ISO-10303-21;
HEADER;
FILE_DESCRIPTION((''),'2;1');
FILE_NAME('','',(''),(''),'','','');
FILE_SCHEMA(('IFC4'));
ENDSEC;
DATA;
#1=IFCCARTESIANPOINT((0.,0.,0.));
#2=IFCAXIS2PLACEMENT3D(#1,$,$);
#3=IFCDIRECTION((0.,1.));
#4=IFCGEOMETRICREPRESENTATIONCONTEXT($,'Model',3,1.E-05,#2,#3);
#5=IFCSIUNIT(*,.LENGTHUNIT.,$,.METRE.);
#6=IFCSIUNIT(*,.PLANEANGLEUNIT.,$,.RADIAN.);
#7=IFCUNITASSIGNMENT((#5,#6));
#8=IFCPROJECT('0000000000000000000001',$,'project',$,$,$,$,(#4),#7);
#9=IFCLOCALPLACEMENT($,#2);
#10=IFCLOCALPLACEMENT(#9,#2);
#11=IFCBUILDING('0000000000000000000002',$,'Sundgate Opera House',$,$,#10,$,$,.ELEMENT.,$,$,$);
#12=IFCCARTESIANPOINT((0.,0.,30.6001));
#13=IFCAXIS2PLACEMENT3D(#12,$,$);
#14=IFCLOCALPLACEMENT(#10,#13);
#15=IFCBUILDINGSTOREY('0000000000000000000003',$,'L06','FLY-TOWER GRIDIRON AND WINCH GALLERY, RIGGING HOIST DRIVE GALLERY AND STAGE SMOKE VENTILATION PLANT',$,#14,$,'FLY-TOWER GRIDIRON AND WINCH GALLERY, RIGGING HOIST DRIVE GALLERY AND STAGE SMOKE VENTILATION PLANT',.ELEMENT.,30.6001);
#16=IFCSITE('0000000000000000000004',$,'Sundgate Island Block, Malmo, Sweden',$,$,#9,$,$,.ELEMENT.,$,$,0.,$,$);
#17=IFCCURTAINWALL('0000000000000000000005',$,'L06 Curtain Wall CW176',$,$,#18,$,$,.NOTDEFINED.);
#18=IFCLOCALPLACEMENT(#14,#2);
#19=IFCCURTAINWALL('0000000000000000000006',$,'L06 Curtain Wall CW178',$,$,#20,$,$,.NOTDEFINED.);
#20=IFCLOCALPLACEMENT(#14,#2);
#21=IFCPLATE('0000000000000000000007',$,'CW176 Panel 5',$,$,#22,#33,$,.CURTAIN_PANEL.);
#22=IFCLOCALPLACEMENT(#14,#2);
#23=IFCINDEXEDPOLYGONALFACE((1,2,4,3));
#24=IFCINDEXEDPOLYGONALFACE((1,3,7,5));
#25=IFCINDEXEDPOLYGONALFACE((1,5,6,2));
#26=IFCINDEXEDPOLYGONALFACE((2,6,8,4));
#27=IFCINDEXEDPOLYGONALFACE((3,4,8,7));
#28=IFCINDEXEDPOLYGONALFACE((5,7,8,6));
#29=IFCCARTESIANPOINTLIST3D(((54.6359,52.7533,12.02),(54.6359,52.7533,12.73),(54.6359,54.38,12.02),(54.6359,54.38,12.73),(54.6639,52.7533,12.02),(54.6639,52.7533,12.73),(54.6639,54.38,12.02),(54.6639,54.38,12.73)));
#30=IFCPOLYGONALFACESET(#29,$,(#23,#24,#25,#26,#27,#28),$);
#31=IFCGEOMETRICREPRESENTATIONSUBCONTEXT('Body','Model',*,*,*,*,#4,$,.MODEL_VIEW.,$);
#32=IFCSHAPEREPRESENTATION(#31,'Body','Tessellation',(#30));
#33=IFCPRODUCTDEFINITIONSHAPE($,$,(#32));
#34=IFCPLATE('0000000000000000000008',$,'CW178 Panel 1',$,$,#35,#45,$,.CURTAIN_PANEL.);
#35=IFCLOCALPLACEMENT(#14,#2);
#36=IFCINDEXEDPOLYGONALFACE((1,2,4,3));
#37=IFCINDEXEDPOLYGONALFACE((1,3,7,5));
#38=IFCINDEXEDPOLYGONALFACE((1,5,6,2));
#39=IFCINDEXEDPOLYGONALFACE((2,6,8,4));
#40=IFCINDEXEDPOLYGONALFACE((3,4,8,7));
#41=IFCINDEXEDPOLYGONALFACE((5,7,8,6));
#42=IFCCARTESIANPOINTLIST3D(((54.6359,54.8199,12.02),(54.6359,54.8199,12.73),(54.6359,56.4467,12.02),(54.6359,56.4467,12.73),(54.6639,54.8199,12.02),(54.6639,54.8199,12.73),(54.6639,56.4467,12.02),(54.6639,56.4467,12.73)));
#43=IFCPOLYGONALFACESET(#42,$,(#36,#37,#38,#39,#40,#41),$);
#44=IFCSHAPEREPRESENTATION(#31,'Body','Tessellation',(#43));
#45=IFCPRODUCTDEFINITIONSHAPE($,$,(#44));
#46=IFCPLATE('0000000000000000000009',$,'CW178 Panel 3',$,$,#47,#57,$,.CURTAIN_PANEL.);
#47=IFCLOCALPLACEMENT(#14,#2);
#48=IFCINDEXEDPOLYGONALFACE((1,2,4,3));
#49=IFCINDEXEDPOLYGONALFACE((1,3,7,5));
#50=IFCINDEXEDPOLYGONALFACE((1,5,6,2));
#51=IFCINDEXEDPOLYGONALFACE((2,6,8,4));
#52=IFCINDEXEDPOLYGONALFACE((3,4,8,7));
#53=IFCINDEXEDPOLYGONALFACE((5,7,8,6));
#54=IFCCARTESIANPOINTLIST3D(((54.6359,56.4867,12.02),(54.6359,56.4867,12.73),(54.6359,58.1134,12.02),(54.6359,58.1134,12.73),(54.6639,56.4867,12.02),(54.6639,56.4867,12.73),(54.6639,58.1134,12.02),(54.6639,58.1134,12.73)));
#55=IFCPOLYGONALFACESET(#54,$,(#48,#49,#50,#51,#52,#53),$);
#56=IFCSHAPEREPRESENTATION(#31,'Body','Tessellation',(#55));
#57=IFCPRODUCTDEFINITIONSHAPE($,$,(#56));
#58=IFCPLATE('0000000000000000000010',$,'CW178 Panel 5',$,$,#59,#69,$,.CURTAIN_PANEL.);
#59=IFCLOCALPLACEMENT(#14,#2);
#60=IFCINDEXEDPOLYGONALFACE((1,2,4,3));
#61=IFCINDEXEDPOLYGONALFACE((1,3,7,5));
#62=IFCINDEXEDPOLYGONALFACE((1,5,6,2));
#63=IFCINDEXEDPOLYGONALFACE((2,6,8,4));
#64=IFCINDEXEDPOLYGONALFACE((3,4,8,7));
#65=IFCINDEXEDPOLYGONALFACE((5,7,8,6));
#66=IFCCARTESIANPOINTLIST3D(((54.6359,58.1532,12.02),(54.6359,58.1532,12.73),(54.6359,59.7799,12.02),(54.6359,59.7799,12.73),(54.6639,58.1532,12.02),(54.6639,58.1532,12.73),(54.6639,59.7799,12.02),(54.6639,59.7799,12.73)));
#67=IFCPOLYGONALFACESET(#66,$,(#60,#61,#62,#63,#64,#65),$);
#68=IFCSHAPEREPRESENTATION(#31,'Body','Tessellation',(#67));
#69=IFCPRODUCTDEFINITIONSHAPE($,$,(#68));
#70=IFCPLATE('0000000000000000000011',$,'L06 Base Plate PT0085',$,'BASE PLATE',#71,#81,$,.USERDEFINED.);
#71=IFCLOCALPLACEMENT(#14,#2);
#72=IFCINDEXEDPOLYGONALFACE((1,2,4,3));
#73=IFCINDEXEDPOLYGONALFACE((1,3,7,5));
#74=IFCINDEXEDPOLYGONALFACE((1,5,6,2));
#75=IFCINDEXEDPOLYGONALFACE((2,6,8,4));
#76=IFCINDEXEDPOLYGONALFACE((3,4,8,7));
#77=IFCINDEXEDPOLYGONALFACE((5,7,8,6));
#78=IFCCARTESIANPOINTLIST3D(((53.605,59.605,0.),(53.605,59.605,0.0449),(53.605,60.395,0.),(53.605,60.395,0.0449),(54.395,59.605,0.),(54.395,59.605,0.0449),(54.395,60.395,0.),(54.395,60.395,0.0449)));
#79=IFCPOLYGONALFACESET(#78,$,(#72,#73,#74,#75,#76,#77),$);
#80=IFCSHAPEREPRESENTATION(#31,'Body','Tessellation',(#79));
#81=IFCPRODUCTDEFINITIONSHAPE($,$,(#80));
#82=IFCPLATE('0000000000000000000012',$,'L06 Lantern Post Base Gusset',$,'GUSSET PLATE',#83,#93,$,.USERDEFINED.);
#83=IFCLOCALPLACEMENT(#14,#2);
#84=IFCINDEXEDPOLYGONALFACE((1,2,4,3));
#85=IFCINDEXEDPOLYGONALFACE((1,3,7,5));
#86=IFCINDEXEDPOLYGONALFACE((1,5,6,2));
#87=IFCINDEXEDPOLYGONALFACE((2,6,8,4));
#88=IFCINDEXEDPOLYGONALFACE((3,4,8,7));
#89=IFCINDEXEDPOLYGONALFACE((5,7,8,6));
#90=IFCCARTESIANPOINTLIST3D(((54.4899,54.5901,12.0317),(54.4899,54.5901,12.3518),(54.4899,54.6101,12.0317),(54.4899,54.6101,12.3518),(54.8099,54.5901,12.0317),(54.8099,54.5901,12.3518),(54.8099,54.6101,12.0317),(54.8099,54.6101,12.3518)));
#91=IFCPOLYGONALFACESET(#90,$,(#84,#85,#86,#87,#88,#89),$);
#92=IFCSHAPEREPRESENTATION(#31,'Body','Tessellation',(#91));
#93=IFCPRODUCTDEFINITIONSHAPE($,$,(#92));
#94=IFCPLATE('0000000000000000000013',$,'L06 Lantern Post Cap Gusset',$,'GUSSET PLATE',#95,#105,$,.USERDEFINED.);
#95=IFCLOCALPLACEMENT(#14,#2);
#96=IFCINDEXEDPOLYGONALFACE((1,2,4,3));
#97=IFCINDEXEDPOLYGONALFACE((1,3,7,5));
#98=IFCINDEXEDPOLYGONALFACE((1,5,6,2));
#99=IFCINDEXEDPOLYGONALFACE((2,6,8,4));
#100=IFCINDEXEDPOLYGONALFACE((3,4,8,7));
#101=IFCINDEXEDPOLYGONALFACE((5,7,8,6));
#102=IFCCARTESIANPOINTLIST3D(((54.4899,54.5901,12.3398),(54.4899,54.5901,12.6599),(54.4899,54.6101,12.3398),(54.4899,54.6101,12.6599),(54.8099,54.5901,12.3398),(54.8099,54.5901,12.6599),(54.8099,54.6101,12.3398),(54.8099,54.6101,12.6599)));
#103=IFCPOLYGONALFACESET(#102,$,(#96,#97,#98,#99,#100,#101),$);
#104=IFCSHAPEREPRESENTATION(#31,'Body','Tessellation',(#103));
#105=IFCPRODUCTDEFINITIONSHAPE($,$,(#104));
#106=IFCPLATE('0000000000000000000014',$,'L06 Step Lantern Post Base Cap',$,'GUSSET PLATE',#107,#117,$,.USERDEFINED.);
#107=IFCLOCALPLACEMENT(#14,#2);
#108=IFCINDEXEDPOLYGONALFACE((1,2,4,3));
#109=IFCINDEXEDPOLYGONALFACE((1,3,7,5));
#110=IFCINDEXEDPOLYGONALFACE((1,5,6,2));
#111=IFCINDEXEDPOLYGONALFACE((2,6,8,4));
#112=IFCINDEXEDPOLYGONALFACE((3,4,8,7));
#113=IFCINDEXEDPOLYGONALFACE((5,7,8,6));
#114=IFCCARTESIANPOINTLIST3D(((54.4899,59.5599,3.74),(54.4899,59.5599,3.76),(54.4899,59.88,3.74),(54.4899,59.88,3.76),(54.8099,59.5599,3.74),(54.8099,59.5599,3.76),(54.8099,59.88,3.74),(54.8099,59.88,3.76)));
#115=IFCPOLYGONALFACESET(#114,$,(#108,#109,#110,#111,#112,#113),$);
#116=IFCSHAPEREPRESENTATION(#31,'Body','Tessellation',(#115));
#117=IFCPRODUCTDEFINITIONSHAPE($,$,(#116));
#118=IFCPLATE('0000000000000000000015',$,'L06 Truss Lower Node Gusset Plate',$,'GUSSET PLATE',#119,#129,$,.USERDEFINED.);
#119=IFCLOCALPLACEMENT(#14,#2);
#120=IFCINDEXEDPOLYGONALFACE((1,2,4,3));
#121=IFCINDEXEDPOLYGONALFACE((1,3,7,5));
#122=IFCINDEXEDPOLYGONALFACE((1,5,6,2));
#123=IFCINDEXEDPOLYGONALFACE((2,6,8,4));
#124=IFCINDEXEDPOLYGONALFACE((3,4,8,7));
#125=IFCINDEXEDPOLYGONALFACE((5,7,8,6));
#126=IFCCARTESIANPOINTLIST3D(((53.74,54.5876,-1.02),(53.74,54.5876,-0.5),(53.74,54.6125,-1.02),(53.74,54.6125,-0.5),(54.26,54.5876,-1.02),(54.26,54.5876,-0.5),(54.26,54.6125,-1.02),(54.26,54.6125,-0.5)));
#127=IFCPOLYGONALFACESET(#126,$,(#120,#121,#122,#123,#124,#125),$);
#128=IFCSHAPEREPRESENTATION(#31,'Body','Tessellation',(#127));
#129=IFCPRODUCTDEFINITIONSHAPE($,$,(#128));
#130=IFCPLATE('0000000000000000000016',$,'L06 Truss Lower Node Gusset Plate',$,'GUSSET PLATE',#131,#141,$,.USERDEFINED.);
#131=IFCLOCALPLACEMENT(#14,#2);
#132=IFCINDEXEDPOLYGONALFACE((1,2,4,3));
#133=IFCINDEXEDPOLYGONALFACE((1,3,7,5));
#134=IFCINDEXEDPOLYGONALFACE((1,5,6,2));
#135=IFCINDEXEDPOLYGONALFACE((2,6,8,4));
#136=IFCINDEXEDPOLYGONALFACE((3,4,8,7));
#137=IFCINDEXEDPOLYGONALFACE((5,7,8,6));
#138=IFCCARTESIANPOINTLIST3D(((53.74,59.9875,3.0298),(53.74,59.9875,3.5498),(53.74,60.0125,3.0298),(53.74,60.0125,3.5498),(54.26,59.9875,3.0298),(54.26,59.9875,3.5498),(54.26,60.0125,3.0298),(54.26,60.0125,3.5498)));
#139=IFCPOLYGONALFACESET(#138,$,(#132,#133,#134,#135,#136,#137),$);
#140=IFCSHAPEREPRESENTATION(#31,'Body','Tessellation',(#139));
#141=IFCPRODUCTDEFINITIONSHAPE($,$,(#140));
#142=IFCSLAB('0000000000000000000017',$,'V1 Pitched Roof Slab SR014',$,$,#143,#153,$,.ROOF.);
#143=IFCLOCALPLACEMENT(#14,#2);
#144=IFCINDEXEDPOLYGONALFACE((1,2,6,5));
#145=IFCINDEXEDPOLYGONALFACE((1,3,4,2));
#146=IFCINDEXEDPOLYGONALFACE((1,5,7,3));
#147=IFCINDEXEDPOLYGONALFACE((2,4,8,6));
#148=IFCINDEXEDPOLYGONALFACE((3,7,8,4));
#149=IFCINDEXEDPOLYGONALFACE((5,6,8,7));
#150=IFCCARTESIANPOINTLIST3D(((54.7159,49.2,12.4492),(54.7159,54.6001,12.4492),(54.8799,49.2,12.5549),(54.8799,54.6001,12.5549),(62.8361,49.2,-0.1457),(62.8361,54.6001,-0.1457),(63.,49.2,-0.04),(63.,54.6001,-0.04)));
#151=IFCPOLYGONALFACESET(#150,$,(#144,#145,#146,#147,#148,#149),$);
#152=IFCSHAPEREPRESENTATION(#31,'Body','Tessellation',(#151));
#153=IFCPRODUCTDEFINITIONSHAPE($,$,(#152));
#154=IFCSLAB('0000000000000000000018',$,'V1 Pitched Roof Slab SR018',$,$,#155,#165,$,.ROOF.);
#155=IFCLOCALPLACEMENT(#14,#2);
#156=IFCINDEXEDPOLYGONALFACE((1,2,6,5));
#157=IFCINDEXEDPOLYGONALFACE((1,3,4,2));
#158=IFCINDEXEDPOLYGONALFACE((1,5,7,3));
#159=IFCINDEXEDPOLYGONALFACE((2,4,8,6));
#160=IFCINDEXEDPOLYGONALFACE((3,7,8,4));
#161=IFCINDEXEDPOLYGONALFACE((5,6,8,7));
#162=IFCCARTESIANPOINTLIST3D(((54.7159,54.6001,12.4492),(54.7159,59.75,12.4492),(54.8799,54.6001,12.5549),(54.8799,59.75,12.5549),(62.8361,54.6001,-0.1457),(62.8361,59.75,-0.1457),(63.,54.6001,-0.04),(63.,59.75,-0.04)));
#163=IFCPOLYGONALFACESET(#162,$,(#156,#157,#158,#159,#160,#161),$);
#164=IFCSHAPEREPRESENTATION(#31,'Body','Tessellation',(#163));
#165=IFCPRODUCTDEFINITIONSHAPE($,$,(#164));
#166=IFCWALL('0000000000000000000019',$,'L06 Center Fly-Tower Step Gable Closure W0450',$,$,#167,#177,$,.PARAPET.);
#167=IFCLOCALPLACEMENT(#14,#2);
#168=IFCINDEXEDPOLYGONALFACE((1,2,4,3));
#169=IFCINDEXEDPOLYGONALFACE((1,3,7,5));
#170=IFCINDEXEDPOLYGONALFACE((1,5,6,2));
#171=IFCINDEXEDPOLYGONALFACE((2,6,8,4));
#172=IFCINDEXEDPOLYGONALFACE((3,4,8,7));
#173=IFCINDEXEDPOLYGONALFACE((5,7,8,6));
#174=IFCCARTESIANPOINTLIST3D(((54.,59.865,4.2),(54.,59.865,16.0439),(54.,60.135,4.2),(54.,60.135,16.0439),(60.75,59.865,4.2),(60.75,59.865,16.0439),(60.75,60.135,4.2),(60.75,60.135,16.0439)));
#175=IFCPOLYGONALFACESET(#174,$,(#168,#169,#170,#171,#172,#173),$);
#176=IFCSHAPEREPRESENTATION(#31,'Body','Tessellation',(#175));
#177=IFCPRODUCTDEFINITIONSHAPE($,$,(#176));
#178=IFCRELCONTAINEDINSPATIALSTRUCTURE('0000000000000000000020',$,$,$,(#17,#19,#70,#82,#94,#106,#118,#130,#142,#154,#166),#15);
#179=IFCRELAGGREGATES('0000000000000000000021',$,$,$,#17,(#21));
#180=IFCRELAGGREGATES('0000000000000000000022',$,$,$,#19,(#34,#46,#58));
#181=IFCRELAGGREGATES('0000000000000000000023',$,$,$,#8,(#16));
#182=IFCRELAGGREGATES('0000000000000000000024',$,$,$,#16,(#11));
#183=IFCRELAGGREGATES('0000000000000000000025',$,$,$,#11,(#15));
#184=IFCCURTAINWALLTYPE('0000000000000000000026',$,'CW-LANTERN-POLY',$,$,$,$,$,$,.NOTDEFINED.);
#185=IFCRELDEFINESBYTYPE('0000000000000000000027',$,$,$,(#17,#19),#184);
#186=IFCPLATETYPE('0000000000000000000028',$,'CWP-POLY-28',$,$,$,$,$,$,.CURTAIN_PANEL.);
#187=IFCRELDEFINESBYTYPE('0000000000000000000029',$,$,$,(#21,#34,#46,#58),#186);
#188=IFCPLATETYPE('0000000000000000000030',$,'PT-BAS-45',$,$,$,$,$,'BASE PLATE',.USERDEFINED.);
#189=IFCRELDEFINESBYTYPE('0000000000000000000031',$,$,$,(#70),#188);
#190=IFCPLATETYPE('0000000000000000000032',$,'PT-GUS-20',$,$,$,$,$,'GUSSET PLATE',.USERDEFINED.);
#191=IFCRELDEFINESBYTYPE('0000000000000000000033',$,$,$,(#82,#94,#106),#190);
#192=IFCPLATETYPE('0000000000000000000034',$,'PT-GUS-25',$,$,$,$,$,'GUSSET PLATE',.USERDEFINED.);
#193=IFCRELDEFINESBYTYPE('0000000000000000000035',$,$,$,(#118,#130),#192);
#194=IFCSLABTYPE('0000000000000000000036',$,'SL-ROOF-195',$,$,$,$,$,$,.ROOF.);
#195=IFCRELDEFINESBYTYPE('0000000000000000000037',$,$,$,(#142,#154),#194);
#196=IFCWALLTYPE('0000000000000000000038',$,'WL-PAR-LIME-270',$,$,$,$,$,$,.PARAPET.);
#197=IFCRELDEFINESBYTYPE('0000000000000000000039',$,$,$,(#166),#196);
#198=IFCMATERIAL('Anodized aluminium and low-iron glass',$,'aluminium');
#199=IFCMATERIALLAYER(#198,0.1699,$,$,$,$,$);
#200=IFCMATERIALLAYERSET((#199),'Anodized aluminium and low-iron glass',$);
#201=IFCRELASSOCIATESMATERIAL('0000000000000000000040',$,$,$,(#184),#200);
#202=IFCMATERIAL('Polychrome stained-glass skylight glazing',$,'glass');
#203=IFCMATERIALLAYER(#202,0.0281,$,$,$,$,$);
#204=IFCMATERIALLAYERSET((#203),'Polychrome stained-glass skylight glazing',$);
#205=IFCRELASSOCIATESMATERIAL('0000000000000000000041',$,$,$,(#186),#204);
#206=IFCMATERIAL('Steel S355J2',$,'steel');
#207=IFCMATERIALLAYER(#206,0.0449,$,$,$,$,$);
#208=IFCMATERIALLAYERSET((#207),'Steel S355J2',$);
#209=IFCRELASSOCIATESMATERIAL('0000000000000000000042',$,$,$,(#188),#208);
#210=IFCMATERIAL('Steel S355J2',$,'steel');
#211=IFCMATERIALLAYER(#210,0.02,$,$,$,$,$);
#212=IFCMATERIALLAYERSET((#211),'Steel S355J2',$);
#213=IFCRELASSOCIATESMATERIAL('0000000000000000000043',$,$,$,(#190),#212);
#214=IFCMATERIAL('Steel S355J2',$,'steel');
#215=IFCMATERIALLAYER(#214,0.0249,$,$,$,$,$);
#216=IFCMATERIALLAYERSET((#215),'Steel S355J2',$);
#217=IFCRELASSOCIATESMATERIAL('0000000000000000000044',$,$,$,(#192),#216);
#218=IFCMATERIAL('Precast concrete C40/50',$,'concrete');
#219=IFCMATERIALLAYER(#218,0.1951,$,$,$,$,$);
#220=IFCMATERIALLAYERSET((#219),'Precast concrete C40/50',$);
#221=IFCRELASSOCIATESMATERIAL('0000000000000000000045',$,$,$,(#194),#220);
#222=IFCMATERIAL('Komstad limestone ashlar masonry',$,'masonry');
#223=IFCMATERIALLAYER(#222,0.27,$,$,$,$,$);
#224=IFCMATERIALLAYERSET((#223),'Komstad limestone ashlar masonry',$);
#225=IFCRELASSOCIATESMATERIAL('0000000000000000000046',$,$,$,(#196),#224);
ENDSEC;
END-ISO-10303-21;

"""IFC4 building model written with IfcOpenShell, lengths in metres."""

from ifc_helpers import new_model, si_unit, direction, frame, frame_2d, origin, origin_2d, place, context, subcontext, project, spatial, polyline, rectangle, outline, extrude, material, layer, layer_set, type_object, element, aggregate, save


model = new_model("IFC4")

# Units and contexts
model_context = context("Model", 3, precision=1e-05, world=origin(), true_north=direction((0.0, 1.0)))
body_context = subcontext(model_context, "Body", "Model", "MODEL_VIEW")
ifc_project = project(units=[si_unit("LENGTHUNIT", "METRE"), si_unit("PLANEANGLEUNIT", "RADIAN")], contexts=[model_context])

# Site, building, storey
site_placement = place(None, origin())
site = spatial("IfcSite", under=ifc_project, at=site_placement, Name="Sundgate Island Block, Malmo, Sweden", CompositionType="ELEMENT", RefElevation=0.0)
building_placement = place(site_placement, origin())
building = spatial("IfcBuilding", under=site, at=building_placement, Name="Sundgate Opera House", CompositionType="ELEMENT")
storey_placement = place(building_placement, frame((0.0, 0.0, 30.6001)))
storey = spatial("IfcBuildingStorey", under=building, at=storey_placement, Name="L06", Description="FLY-TOWER GRIDIRON AND WINCH GALLERY, RIGGING HOIST DRIVE GALLERY AND STAGE SMOKE VENTILATION PLANT", LongName="FLY-TOWER GRIDIRON AND WINCH GALLERY, RIGGING HOIST DRIVE GALLERY AND STAGE SMOKE VENTILATION PLANT", CompositionType="ELEMENT", Elevation=30.6001)

# Curtain walls
ifc_material_1 = material(Name="Anodized aluminium and low-iron glass", Category="aluminium")
ifc_layer_1 = layer(ifc_material_1, 0.1699)
ifc_layer_set_1 = layer_set([ifc_layer_1], Name="Anodized aluminium and low-iron glass")
curtain_wall_type = type_object("IfcCurtainWallType", Name="CW-LANTERN-POLY", PredefinedType="NOTDEFINED", material=ifc_layer_set_1)
curtain_wall_1_placement = place(storey_placement, origin())
curtain_wall_1 = element("IfcCurtainWall", 1, at=curtain_wall_1_placement, inside=storey, type_object=curtain_wall_type, Name="L06 Curtain Wall CW176", PredefinedType="NOTDEFINED")
curtain_wall_2_placement = place(storey_placement, origin())
curtain_wall_2 = element("IfcCurtainWall", 2, at=curtain_wall_2_placement, inside=storey, type_object=curtain_wall_type, Name="L06 Curtain Wall CW178", PredefinedType="NOTDEFINED")

# Plates
ifc_material_2 = material(Name="Polychrome stained-glass skylight glazing", Category="glass")
ifc_layer_2 = layer(ifc_material_2, 0.0281)
ifc_layer_set_2 = layer_set([ifc_layer_2], Name="Polychrome stained-glass skylight glazing")
plate_type_1 = type_object("IfcPlateType", Name="CWP-POLY-28", PredefinedType="CURTAIN_PANEL", material=ifc_layer_set_2)
plate_1_placement = place(storey_placement, frame((54.6499, 53.5667, 12.02), z_axis=(0.0, 0.0, 1.0), x_axis=(0.0, 1.0, 0.0)))
plate_1 = element("IfcPlate", 3, at=plate_1_placement, type_object=plate_type_1, Name="CW176 Panel 5", PredefinedType="CURTAIN_PANEL", context=body_context, shape_type="SweptSolid", body=[
    extrude(rectangle(XDim=1.6267, YDim=0.0281, at=origin_2d()), origin(), (0.0, 0.0, 1.0), 0.71),
])
aggregate(curtain_wall_1, [plate_1])
plate_2_placement = place(storey_placement, frame((54.6499, 55.6333, 12.02), z_axis=(0.0, 0.0, 1.0), x_axis=(0.0, 1.0, 0.0)))
plate_2 = element("IfcPlate", 4, at=plate_2_placement, type_object=plate_type_1, Name="CW178 Panel 1", PredefinedType="CURTAIN_PANEL", context=body_context, shape_type="SweptSolid", body=[
    extrude(rectangle(XDim=1.6267, YDim=0.0281, at=origin_2d()), origin(), (0.0, 0.0, 1.0), 0.71),
])
plate_3_placement = place(storey_placement, frame((54.6499, 57.3, 12.02), z_axis=(0.0, 0.0, 1.0), x_axis=(0.0, 1.0, 0.0)))
plate_3 = element("IfcPlate", 5, at=plate_3_placement, type_object=plate_type_1, Name="CW178 Panel 3", PredefinedType="CURTAIN_PANEL", context=body_context, shape_type="SweptSolid", body=[
    extrude(rectangle(XDim=1.6267, YDim=0.0281, at=origin_2d()), origin(), (0.0, 0.0, 1.0), 0.71),
])
plate_4_placement = place(storey_placement, frame((54.6499, 58.9666, 12.02), z_axis=(0.0, 0.0, 1.0), x_axis=(0.0, 1.0, 0.0)))
plate_4 = element("IfcPlate", 6, at=plate_4_placement, type_object=plate_type_1, Name="CW178 Panel 5", PredefinedType="CURTAIN_PANEL", context=body_context, shape_type="SweptSolid", body=[
    extrude(rectangle(XDim=1.6267, YDim=0.0281, at=origin_2d()), origin(), (0.0, 0.0, 1.0), 0.71),
])
aggregate(curtain_wall_2, [plate_2, plate_3, plate_4])

# Plates
ifc_material_3 = material(Name="Steel S355J2", Category="steel")
ifc_layer_3 = layer(ifc_material_3, 0.0449)
ifc_layer_set_3 = layer_set([ifc_layer_3], Name="Steel S355J2")
plate_type_2 = type_object("IfcPlateType", Name="PT-BAS-45", ElementType="BASE PLATE", PredefinedType="USERDEFINED", material=ifc_layer_set_3)
plate_5_placement = place(storey_placement, frame((54.0, 60.0, 0.0), z_axis=(0.0, 0.0, 1.0), x_axis=(1.0, 0.0, 0.0)))
element("IfcPlate", 7, at=plate_5_placement, inside=storey, type_object=plate_type_2, Name="L06 Base Plate PT0085", ObjectType="BASE PLATE", PredefinedType="USERDEFINED", context=body_context, shape_type="SweptSolid", body=[
    extrude(rectangle(XDim=0.79, YDim=0.79, at=origin_2d()), origin(), (0.0, 0.0, 1.0), 0.0449),
])
ifc_material_4 = material(Name="Steel S355J2", Category="steel")
ifc_layer_4 = layer(ifc_material_4, 0.02)
ifc_layer_set_4 = layer_set([ifc_layer_4], Name="Steel S355J2")
plate_type_3 = type_object("IfcPlateType", Name="PT-GUS-20", ElementType="GUSSET PLATE", PredefinedType="USERDEFINED", material=ifc_layer_set_4)
for number, where, z_axis, x_axis, name in (
    (8, (54.6499, 54.6001, 12.0317), (0.0, 0.0, 1.0), (1.0, 0.0, 0.0), "L06 Lantern Post Base Gusset"),
    (9, (54.6499, 54.6001, 12.3398), (0.0, 0.0, 1.0), (1.0, 0.0, 0.0), "L06 Lantern Post Cap Gusset"),
):
    element("IfcPlate", number, at=place(storey_placement, frame(where, z_axis=z_axis, x_axis=x_axis)), inside=storey, type_object=plate_type_3, Name=name, ObjectType="GUSSET PLATE", PredefinedType="USERDEFINED", context=body_context, shape_type="SweptSolid", body=[
        extrude(rectangle(XDim=0.3201, YDim=0.02, at=origin_2d()), origin(), (0.0, 0.0, 1.0), 0.3201),
    ])
plate_6_placement = place(storey_placement, frame((54.6499, 59.72, 3.74), z_axis=(0.0, 0.0, 1.0), x_axis=(1.0, 0.0, 0.0)))
element("IfcPlate", 10, at=plate_6_placement, inside=storey, type_object=plate_type_3, Name="L06 Step Lantern Post Base Cap", ObjectType="GUSSET PLATE", PredefinedType="USERDEFINED", context=body_context, shape_type="SweptSolid", body=[
    extrude(rectangle(XDim=0.3201, YDim=0.3201, at=origin_2d()), origin(), (0.0, 0.0, 1.0), 0.02),
])
ifc_material_5 = material(Name="Steel S355J2", Category="steel")
ifc_layer_5 = layer(ifc_material_5, 0.0249)
ifc_layer_set_5 = layer_set([ifc_layer_5], Name="Steel S355J2")
plate_type_4 = type_object("IfcPlateType", Name="PT-GUS-25", ElementType="GUSSET PLATE", PredefinedType="USERDEFINED", material=ifc_layer_set_5)
for number, where, z_axis, x_axis, name in (
    (11, (54.0, 54.6001, -1.02), (0.0, 0.0, 1.0), (1.0, 0.0, 0.0), "L06 Truss Lower Node Gusset Plate"),
    (12, (54.0, 60.0, 3.0298), (0.0, 0.0, 1.0), (1.0, 0.0, 0.0), "L06 Truss Lower Node Gusset Plate"),
):
    element("IfcPlate", number, at=place(storey_placement, frame(where, z_axis=z_axis, x_axis=x_axis)), inside=storey, type_object=plate_type_4, Name=name, ObjectType="GUSSET PLATE", PredefinedType="USERDEFINED", context=body_context, shape_type="SweptSolid", body=[
        extrude(rectangle(XDim=0.52, YDim=0.0249, at=origin_2d()), origin(), (0.0, 0.0, 1.0), 0.52),
    ])

# Slabs
ifc_material_6 = material(Name="Precast concrete C40/50", Category="concrete")
ifc_layer_6 = layer(ifc_material_6, 0.1951)
ifc_layer_set_6 = layer_set([ifc_layer_6], Name="Precast concrete C40/50")
slab_type = type_object("IfcSlabType", Name="SL-ROOF-195", PredefinedType="ROOF", material=ifc_layer_set_6)
slab_1_placement = place(storey_placement, frame((54.8799, 49.2, 12.5549), z_axis=(0.840469, 0.0, 0.54186), x_axis=(0.54186, 0.0, -0.840469)))
element("IfcSlab", 13, at=slab_1_placement, inside=storey, type_object=slab_type, Name="V1 Pitched Roof Slab SR014", PredefinedType="ROOF", context=body_context, shape_type="SweptSolid", body=[
    extrude(outline(polyline([(0.0, 0.0), (14.9856, 0.0), (14.9856, 5.4001), (0.0, 5.4001), (0.0, 0.0)])), origin(), (0.0, 0.0, -1.0), 0.1951),
])
slab_2_placement = place(storey_placement, frame((54.8799, 54.6001, 12.5549), z_axis=(0.840469, 0.0, 0.54186), x_axis=(0.54186, 0.0, -0.840469)))
element("IfcSlab", 14, at=slab_2_placement, inside=storey, type_object=slab_type, Name="V1 Pitched Roof Slab SR018", PredefinedType="ROOF", context=body_context, shape_type="SweptSolid", body=[
    extrude(outline(polyline([(0.0, 0.0), (14.9856, 0.0), (14.9856, 5.1499), (0.0, 5.1499), (0.0, 0.0)])), origin(), (0.0, 0.0, -1.0), 0.1951),
])

# Wall
ifc_material_7 = material(Name="Komstad limestone ashlar masonry", Category="masonry")
ifc_layer_7 = layer(ifc_material_7, 0.27)
ifc_layer_set_7 = layer_set([ifc_layer_7], Name="Komstad limestone ashlar masonry")
wall_type = type_object("IfcWallType", Name="WL-PAR-LIME-270", PredefinedType="PARAPET", material=ifc_layer_set_7)
wall_placement = place(storey_placement, frame((54.0, 60.0, 4.2), z_axis=(0.0, 0.0, 1.0), x_axis=(1.0, 0.0, 0.0)))
element("IfcWall", 15, at=wall_placement, inside=storey, type_object=wall_type, Name="L06 Center Fly-Tower Step Gable Closure W0450", PredefinedType="PARAPET", context=body_context, shape_type="SweptSolid", body=[
    extrude(rectangle(XDim=6.75, YDim=0.27, at=frame_2d((3.375, 0.0))), origin(), (0.0, 0.0, 1.0), 11.844),
])

save(model, "model.ifc")
